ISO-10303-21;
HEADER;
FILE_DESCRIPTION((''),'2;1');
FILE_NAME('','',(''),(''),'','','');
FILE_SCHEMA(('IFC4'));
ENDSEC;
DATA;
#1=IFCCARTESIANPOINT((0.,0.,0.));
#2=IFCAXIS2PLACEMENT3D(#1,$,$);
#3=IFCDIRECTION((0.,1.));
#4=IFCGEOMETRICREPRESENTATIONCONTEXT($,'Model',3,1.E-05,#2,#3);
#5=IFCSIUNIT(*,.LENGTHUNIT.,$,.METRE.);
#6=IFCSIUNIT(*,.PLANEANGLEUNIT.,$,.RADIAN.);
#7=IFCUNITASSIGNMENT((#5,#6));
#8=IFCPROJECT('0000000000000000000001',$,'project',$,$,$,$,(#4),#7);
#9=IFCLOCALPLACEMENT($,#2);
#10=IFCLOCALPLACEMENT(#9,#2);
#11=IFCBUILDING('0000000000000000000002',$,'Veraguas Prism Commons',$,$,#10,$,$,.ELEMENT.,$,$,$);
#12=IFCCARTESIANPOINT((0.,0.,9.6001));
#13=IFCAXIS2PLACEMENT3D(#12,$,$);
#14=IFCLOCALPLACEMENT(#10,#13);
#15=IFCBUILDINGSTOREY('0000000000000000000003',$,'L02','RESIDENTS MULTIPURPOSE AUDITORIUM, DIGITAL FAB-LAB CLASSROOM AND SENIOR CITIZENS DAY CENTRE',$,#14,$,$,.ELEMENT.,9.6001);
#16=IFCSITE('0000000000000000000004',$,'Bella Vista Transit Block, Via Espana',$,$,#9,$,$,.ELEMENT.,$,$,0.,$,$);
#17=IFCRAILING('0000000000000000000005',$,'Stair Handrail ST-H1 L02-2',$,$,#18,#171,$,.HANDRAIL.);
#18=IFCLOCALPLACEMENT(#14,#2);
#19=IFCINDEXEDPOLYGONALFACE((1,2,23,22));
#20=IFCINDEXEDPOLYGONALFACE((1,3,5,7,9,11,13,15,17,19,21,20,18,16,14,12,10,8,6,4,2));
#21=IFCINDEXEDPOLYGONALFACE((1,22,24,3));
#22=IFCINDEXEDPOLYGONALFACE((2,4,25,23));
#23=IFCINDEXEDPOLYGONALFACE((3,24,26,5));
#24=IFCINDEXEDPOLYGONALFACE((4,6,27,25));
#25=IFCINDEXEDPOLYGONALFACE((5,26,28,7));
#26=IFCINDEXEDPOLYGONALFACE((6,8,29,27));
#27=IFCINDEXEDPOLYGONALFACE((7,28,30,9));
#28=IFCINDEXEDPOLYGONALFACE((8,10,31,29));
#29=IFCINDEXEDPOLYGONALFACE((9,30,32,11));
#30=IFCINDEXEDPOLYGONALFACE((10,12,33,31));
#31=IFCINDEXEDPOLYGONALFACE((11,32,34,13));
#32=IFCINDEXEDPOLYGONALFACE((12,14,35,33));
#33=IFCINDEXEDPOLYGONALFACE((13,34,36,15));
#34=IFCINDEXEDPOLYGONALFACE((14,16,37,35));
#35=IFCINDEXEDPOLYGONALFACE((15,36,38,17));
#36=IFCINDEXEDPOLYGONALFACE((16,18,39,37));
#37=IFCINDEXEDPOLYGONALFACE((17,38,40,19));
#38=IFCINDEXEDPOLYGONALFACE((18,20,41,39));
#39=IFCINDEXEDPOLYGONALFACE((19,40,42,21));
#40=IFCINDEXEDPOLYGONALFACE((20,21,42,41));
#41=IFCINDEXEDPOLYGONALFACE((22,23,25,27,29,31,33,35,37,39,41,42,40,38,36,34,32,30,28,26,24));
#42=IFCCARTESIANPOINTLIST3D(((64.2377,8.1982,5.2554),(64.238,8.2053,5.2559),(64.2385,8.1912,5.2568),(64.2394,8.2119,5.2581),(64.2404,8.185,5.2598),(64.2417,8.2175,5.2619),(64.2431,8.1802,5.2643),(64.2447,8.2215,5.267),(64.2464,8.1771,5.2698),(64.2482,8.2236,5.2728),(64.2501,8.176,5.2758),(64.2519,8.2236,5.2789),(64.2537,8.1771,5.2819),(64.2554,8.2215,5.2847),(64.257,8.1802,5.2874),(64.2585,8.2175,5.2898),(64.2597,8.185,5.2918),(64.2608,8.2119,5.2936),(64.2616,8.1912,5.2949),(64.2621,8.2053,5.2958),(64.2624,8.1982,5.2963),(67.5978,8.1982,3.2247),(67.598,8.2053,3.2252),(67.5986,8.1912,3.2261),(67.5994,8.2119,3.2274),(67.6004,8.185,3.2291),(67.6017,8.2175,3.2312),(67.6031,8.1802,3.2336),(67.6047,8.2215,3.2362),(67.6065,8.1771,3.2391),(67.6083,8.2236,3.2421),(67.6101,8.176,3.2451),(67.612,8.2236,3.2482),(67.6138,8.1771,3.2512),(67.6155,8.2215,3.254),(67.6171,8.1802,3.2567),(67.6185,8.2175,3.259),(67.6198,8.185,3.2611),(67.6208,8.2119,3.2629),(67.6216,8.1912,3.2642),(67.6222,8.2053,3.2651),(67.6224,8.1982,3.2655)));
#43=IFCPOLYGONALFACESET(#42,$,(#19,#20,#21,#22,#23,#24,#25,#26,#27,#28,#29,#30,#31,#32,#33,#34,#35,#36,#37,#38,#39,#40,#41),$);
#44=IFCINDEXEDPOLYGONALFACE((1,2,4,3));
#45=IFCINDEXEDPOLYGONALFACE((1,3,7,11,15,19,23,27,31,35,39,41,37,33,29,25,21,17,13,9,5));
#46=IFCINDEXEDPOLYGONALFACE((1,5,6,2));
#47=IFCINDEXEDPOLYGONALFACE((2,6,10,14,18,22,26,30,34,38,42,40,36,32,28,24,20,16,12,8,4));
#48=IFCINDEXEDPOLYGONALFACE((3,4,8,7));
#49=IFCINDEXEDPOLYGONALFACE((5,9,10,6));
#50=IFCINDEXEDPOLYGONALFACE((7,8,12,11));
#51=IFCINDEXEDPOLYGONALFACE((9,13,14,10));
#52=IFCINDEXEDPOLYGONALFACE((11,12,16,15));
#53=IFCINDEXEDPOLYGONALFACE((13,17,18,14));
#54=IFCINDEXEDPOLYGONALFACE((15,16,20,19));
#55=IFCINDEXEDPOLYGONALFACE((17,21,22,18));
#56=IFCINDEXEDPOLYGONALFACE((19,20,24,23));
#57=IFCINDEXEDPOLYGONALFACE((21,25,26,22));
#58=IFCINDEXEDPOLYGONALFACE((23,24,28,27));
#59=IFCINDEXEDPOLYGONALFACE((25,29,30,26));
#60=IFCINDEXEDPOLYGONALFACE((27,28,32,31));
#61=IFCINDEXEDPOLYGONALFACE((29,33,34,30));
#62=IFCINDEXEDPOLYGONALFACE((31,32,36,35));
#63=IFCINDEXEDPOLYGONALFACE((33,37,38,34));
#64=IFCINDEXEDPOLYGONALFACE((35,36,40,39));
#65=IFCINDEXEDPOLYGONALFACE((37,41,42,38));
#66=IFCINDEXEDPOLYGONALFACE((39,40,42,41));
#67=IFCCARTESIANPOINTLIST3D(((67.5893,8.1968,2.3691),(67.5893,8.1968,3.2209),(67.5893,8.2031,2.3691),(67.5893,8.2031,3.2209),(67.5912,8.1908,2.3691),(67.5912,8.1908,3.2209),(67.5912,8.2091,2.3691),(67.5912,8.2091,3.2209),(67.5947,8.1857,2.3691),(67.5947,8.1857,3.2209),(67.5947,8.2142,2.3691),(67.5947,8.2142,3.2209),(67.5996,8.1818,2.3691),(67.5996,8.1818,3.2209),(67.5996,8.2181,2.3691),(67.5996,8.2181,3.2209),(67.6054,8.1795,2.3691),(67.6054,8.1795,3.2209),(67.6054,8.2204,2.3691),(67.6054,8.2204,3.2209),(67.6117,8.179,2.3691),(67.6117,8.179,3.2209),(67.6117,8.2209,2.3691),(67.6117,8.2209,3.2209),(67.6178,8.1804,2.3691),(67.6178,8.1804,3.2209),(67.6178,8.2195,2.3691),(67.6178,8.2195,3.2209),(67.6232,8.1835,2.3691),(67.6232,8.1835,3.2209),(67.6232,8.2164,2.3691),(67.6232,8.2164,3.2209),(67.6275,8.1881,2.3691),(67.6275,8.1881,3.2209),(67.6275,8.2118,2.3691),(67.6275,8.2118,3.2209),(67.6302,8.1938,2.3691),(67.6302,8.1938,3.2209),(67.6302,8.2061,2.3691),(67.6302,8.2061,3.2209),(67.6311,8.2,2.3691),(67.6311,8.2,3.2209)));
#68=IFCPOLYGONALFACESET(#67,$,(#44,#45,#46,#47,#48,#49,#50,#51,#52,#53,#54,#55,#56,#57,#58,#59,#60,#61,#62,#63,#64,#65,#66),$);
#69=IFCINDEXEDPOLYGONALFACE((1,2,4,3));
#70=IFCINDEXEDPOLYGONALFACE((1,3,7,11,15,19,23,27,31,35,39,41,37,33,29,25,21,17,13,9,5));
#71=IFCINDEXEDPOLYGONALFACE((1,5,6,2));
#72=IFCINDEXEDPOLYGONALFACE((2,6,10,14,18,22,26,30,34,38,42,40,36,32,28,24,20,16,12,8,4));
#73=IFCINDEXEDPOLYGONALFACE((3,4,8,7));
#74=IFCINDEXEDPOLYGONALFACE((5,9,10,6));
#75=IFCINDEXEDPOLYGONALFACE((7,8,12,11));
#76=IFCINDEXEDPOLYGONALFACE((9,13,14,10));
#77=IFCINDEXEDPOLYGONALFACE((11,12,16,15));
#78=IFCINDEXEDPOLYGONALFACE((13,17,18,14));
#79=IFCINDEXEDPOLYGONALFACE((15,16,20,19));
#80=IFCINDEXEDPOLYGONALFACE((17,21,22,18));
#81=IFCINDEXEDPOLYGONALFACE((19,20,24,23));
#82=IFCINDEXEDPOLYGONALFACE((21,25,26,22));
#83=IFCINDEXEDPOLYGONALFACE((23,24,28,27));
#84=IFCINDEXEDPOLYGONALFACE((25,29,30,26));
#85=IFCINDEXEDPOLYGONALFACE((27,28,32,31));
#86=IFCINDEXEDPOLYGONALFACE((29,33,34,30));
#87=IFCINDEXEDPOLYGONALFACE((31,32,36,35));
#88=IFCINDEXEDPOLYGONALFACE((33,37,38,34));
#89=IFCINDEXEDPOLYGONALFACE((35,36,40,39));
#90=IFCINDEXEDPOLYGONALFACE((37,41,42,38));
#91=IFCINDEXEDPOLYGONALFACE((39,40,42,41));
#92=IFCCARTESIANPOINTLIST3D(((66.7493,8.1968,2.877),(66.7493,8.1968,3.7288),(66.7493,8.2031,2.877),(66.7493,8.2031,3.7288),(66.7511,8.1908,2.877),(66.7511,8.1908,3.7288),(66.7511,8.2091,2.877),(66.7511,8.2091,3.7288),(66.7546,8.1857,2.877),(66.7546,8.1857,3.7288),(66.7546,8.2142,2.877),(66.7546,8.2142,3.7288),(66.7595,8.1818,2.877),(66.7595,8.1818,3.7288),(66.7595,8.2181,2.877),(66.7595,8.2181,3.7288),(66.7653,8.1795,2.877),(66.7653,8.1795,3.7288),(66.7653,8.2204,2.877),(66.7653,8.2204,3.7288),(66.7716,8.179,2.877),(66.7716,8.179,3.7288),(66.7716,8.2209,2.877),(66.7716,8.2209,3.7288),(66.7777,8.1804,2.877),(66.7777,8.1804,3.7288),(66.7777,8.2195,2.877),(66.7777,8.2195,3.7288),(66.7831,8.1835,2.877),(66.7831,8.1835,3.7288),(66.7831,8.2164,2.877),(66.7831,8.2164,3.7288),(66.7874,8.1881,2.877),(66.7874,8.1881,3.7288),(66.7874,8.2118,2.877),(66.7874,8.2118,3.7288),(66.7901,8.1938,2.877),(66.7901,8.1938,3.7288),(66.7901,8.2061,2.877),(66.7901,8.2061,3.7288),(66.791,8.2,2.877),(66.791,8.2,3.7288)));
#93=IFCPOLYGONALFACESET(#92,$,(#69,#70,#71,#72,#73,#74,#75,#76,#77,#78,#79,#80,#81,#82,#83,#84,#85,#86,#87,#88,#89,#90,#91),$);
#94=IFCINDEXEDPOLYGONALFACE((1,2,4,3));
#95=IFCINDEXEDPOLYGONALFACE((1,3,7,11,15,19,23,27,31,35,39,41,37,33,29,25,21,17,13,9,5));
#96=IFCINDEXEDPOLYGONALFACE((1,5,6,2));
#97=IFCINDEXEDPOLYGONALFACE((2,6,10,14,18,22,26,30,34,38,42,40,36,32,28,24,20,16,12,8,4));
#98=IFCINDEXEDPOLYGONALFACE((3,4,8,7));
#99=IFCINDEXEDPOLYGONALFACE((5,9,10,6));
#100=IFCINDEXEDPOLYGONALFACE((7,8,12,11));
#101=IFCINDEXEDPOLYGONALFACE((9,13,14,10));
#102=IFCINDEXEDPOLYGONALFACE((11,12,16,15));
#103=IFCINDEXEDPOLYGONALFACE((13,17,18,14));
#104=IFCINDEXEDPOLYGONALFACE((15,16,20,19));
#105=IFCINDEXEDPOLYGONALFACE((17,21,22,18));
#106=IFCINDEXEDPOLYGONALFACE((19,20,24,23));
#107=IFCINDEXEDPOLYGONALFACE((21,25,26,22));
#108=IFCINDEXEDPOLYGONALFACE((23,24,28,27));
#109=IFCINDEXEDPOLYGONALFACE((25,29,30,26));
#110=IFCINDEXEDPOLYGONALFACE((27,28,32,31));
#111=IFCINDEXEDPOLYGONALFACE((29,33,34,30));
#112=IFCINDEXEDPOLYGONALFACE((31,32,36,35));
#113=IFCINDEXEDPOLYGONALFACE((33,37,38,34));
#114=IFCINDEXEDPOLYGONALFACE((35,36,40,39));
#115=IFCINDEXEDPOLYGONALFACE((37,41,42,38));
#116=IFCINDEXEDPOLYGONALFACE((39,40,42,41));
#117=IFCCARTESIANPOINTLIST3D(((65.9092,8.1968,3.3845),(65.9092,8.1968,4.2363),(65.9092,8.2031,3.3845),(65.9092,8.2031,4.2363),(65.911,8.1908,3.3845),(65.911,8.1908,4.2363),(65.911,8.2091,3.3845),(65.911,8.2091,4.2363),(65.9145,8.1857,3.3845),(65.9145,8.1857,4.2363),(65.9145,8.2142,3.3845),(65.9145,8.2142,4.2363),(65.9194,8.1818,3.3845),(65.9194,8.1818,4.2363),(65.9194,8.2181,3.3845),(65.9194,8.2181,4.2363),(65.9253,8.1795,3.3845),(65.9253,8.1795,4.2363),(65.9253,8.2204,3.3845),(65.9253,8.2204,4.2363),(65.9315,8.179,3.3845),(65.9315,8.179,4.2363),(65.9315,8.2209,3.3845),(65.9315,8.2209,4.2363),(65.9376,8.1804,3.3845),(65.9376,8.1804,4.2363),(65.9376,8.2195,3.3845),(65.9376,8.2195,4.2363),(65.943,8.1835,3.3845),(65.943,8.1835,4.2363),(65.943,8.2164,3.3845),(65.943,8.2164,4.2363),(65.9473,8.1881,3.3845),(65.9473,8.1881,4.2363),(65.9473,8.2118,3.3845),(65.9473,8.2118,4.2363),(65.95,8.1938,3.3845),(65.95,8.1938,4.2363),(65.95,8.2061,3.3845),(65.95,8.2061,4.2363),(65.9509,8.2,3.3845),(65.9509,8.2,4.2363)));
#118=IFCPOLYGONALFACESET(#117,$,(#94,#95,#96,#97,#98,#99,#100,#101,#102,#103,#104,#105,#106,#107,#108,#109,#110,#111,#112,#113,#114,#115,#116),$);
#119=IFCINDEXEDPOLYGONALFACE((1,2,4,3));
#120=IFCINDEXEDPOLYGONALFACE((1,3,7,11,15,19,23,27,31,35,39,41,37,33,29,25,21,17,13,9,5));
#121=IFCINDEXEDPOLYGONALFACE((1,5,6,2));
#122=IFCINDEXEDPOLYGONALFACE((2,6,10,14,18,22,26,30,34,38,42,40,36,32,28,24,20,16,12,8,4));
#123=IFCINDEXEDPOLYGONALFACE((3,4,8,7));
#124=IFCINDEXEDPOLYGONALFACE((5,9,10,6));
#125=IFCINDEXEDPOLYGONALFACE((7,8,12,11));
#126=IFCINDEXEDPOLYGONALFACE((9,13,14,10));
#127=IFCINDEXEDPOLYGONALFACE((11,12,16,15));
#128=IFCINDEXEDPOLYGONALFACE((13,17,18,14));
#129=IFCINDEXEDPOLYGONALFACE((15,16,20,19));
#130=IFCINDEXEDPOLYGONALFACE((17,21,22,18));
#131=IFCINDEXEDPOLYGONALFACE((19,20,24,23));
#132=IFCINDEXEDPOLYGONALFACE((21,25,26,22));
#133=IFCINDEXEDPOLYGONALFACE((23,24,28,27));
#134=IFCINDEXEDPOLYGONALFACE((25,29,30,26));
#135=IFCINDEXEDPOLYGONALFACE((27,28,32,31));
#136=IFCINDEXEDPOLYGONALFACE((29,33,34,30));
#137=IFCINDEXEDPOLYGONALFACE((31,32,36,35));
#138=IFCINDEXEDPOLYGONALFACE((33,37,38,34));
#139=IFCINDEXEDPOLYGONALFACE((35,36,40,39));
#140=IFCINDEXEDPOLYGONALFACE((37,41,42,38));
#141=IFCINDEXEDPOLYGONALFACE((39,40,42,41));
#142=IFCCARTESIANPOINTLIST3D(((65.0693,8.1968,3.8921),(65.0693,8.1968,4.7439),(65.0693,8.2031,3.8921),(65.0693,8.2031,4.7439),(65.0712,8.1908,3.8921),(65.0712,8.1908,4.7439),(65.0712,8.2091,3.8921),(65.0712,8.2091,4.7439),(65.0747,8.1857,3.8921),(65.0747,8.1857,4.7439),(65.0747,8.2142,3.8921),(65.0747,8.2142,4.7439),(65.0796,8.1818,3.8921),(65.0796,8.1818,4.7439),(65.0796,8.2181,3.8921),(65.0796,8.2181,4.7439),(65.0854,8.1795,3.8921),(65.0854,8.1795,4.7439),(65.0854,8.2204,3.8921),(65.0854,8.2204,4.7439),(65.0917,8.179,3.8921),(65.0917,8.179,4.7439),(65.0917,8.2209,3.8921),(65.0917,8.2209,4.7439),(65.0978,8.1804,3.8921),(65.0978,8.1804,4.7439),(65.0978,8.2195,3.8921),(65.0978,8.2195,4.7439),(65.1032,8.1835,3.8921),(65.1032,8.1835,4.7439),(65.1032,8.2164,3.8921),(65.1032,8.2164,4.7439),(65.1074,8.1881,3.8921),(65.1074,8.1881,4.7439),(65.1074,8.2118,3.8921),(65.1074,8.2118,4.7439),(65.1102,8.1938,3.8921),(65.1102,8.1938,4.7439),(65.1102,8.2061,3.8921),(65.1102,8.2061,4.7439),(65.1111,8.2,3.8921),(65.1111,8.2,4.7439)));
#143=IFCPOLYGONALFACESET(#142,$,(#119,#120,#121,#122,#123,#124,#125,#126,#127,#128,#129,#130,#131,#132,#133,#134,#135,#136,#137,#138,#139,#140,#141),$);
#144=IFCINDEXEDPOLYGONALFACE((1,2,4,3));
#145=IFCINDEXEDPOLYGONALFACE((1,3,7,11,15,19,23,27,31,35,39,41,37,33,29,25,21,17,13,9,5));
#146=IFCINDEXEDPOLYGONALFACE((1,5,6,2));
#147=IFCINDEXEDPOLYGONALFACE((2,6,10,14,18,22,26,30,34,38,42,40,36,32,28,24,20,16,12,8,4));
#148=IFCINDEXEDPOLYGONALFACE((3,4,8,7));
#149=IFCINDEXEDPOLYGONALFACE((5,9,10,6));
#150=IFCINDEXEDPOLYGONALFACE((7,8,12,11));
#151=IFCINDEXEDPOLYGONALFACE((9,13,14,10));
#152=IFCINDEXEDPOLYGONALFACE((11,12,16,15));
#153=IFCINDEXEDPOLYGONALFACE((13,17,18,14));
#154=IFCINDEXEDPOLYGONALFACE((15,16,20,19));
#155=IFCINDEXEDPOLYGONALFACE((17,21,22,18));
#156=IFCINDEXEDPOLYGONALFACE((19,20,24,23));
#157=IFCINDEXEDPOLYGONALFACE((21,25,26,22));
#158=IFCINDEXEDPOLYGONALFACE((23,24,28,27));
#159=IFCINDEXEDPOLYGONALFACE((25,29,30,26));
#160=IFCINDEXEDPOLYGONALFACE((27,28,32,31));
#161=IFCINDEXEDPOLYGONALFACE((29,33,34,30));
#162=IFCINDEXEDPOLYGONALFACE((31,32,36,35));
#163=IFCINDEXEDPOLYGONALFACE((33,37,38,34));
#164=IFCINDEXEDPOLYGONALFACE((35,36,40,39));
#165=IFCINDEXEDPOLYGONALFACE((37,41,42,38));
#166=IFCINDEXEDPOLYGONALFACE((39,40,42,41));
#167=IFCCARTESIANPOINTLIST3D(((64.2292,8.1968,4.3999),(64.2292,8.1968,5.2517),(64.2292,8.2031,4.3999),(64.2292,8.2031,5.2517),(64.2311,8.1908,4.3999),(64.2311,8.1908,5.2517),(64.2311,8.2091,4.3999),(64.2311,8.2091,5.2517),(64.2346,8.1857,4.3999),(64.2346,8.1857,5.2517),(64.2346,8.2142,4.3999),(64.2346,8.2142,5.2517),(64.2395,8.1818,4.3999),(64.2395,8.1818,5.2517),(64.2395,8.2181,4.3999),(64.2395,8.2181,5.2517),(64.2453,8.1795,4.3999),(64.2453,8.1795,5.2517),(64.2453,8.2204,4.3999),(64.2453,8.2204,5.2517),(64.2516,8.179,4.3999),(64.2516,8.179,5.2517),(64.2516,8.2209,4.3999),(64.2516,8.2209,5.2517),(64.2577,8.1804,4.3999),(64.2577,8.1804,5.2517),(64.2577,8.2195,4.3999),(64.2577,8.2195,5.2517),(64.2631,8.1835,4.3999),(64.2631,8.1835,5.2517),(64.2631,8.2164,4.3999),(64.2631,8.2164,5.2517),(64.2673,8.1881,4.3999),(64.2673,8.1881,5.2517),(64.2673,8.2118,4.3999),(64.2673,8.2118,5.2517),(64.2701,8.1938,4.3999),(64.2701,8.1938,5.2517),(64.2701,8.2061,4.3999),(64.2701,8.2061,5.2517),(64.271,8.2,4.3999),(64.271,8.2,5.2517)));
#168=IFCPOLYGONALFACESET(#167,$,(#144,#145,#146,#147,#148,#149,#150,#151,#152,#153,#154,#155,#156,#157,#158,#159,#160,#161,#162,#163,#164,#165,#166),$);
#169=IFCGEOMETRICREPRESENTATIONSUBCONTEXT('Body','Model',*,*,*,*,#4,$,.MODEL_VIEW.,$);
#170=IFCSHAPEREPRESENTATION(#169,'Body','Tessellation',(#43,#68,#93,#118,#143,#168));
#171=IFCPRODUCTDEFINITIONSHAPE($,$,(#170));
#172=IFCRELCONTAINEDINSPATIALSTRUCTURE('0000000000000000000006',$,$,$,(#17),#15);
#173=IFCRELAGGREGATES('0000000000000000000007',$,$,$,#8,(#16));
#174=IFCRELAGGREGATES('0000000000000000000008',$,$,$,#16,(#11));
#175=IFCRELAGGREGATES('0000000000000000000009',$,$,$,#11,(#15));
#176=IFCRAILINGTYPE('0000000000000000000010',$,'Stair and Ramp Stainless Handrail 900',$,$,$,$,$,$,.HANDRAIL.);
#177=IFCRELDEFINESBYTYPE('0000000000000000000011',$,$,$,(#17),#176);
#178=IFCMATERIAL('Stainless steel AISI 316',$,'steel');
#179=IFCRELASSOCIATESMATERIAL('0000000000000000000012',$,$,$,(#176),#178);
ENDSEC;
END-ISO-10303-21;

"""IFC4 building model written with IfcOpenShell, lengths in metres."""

from ifc_helpers import new_model, si_unit, direction, frame, origin, origin_2d, place, context, subcontext, project, spatial, circle, extrude, material, type_object, element, save


model = new_model("IFC4")

# Units and contexts
model_context = context("Model", 3, precision=1e-05, world=origin(), true_north=direction((0.0, 1.0)))
body_context = subcontext(model_context, "Body", "Model", "MODEL_VIEW")
ifc_project = project(units=[si_unit("LENGTHUNIT", "METRE"), si_unit("PLANEANGLEUNIT", "RADIAN")], contexts=[model_context])

# Site, building, storey
site_placement = place(None, origin())
site = spatial("IfcSite", under=ifc_project, at=site_placement, Name="Bella Vista Transit Block, Via Espana", CompositionType="ELEMENT", RefElevation=0.0)
building_placement = place(site_placement, origin())
building = spatial("IfcBuilding", under=site, at=building_placement, Name="Veraguas Prism Commons", CompositionType="ELEMENT")
storey_placement = place(building_placement, frame((0.0, 0.0, 9.6001)))
storey = spatial("IfcBuildingStorey", under=building, at=storey_placement, Name="L02", Description="RESIDENTS MULTIPURPOSE AUDITORIUM, DIGITAL FAB-LAB CLASSROOM AND SENIOR CITIZENS DAY CENTRE", CompositionType="ELEMENT", Elevation=9.6001)

# Railing
ifc_material_1 = material(Name="Stainless steel AISI 316", Category="steel")
railing_type_1 = type_object("IfcRailingType", Name="Stair and Ramp Stainless Handrail 900", PredefinedType="HANDRAIL", material=ifc_material_1)
railing_1_placement = place(storey_placement, frame((67.6101, 8.2, 2.3691)))
element("IfcRailing", 1, at=railing_1_placement, inside=storey, type_object=railing_type_1, Name="Stair Handrail ST-H1 L02-2", PredefinedType="HANDRAIL", context=body_context, shape_type="SweptSolid", body=[
    extrude(circle(Radius=0.0239, at=origin_2d()), frame((0.0, 0.0, 0.876), z_axis=(-0.855837, 0.0, 0.517246), x_axis=(0.0, -1.0, 0.0)), (0.0, 0.0, 1.0), 3.926),
    extrude(circle(Radius=0.021, at=origin_2d()), origin(), (0.0, 0.0, 1.0), 0.8518),
    extrude(circle(Radius=0.021, at=origin_2d()), frame((-0.8401, 0.0, 0.5078)), (0.0, 0.0, 1.0), 0.8518),
    extrude(circle(Radius=0.021, at=origin_2d()), frame((-1.6802, 0.0, 1.0154)), (0.0, 0.0, 1.0), 0.8518),
    extrude(circle(Radius=0.021, at=origin_2d()), frame((-2.52, 0.0, 1.5229)), (0.0, 0.0, 1.0), 0.8518),
    extrude(circle(Radius=0.021, at=origin_2d()), frame((-3.3601, 0.0, 2.0308)), (0.0, 0.0, 1.0), 0.8518),
])

save(model, "model.ifc")
